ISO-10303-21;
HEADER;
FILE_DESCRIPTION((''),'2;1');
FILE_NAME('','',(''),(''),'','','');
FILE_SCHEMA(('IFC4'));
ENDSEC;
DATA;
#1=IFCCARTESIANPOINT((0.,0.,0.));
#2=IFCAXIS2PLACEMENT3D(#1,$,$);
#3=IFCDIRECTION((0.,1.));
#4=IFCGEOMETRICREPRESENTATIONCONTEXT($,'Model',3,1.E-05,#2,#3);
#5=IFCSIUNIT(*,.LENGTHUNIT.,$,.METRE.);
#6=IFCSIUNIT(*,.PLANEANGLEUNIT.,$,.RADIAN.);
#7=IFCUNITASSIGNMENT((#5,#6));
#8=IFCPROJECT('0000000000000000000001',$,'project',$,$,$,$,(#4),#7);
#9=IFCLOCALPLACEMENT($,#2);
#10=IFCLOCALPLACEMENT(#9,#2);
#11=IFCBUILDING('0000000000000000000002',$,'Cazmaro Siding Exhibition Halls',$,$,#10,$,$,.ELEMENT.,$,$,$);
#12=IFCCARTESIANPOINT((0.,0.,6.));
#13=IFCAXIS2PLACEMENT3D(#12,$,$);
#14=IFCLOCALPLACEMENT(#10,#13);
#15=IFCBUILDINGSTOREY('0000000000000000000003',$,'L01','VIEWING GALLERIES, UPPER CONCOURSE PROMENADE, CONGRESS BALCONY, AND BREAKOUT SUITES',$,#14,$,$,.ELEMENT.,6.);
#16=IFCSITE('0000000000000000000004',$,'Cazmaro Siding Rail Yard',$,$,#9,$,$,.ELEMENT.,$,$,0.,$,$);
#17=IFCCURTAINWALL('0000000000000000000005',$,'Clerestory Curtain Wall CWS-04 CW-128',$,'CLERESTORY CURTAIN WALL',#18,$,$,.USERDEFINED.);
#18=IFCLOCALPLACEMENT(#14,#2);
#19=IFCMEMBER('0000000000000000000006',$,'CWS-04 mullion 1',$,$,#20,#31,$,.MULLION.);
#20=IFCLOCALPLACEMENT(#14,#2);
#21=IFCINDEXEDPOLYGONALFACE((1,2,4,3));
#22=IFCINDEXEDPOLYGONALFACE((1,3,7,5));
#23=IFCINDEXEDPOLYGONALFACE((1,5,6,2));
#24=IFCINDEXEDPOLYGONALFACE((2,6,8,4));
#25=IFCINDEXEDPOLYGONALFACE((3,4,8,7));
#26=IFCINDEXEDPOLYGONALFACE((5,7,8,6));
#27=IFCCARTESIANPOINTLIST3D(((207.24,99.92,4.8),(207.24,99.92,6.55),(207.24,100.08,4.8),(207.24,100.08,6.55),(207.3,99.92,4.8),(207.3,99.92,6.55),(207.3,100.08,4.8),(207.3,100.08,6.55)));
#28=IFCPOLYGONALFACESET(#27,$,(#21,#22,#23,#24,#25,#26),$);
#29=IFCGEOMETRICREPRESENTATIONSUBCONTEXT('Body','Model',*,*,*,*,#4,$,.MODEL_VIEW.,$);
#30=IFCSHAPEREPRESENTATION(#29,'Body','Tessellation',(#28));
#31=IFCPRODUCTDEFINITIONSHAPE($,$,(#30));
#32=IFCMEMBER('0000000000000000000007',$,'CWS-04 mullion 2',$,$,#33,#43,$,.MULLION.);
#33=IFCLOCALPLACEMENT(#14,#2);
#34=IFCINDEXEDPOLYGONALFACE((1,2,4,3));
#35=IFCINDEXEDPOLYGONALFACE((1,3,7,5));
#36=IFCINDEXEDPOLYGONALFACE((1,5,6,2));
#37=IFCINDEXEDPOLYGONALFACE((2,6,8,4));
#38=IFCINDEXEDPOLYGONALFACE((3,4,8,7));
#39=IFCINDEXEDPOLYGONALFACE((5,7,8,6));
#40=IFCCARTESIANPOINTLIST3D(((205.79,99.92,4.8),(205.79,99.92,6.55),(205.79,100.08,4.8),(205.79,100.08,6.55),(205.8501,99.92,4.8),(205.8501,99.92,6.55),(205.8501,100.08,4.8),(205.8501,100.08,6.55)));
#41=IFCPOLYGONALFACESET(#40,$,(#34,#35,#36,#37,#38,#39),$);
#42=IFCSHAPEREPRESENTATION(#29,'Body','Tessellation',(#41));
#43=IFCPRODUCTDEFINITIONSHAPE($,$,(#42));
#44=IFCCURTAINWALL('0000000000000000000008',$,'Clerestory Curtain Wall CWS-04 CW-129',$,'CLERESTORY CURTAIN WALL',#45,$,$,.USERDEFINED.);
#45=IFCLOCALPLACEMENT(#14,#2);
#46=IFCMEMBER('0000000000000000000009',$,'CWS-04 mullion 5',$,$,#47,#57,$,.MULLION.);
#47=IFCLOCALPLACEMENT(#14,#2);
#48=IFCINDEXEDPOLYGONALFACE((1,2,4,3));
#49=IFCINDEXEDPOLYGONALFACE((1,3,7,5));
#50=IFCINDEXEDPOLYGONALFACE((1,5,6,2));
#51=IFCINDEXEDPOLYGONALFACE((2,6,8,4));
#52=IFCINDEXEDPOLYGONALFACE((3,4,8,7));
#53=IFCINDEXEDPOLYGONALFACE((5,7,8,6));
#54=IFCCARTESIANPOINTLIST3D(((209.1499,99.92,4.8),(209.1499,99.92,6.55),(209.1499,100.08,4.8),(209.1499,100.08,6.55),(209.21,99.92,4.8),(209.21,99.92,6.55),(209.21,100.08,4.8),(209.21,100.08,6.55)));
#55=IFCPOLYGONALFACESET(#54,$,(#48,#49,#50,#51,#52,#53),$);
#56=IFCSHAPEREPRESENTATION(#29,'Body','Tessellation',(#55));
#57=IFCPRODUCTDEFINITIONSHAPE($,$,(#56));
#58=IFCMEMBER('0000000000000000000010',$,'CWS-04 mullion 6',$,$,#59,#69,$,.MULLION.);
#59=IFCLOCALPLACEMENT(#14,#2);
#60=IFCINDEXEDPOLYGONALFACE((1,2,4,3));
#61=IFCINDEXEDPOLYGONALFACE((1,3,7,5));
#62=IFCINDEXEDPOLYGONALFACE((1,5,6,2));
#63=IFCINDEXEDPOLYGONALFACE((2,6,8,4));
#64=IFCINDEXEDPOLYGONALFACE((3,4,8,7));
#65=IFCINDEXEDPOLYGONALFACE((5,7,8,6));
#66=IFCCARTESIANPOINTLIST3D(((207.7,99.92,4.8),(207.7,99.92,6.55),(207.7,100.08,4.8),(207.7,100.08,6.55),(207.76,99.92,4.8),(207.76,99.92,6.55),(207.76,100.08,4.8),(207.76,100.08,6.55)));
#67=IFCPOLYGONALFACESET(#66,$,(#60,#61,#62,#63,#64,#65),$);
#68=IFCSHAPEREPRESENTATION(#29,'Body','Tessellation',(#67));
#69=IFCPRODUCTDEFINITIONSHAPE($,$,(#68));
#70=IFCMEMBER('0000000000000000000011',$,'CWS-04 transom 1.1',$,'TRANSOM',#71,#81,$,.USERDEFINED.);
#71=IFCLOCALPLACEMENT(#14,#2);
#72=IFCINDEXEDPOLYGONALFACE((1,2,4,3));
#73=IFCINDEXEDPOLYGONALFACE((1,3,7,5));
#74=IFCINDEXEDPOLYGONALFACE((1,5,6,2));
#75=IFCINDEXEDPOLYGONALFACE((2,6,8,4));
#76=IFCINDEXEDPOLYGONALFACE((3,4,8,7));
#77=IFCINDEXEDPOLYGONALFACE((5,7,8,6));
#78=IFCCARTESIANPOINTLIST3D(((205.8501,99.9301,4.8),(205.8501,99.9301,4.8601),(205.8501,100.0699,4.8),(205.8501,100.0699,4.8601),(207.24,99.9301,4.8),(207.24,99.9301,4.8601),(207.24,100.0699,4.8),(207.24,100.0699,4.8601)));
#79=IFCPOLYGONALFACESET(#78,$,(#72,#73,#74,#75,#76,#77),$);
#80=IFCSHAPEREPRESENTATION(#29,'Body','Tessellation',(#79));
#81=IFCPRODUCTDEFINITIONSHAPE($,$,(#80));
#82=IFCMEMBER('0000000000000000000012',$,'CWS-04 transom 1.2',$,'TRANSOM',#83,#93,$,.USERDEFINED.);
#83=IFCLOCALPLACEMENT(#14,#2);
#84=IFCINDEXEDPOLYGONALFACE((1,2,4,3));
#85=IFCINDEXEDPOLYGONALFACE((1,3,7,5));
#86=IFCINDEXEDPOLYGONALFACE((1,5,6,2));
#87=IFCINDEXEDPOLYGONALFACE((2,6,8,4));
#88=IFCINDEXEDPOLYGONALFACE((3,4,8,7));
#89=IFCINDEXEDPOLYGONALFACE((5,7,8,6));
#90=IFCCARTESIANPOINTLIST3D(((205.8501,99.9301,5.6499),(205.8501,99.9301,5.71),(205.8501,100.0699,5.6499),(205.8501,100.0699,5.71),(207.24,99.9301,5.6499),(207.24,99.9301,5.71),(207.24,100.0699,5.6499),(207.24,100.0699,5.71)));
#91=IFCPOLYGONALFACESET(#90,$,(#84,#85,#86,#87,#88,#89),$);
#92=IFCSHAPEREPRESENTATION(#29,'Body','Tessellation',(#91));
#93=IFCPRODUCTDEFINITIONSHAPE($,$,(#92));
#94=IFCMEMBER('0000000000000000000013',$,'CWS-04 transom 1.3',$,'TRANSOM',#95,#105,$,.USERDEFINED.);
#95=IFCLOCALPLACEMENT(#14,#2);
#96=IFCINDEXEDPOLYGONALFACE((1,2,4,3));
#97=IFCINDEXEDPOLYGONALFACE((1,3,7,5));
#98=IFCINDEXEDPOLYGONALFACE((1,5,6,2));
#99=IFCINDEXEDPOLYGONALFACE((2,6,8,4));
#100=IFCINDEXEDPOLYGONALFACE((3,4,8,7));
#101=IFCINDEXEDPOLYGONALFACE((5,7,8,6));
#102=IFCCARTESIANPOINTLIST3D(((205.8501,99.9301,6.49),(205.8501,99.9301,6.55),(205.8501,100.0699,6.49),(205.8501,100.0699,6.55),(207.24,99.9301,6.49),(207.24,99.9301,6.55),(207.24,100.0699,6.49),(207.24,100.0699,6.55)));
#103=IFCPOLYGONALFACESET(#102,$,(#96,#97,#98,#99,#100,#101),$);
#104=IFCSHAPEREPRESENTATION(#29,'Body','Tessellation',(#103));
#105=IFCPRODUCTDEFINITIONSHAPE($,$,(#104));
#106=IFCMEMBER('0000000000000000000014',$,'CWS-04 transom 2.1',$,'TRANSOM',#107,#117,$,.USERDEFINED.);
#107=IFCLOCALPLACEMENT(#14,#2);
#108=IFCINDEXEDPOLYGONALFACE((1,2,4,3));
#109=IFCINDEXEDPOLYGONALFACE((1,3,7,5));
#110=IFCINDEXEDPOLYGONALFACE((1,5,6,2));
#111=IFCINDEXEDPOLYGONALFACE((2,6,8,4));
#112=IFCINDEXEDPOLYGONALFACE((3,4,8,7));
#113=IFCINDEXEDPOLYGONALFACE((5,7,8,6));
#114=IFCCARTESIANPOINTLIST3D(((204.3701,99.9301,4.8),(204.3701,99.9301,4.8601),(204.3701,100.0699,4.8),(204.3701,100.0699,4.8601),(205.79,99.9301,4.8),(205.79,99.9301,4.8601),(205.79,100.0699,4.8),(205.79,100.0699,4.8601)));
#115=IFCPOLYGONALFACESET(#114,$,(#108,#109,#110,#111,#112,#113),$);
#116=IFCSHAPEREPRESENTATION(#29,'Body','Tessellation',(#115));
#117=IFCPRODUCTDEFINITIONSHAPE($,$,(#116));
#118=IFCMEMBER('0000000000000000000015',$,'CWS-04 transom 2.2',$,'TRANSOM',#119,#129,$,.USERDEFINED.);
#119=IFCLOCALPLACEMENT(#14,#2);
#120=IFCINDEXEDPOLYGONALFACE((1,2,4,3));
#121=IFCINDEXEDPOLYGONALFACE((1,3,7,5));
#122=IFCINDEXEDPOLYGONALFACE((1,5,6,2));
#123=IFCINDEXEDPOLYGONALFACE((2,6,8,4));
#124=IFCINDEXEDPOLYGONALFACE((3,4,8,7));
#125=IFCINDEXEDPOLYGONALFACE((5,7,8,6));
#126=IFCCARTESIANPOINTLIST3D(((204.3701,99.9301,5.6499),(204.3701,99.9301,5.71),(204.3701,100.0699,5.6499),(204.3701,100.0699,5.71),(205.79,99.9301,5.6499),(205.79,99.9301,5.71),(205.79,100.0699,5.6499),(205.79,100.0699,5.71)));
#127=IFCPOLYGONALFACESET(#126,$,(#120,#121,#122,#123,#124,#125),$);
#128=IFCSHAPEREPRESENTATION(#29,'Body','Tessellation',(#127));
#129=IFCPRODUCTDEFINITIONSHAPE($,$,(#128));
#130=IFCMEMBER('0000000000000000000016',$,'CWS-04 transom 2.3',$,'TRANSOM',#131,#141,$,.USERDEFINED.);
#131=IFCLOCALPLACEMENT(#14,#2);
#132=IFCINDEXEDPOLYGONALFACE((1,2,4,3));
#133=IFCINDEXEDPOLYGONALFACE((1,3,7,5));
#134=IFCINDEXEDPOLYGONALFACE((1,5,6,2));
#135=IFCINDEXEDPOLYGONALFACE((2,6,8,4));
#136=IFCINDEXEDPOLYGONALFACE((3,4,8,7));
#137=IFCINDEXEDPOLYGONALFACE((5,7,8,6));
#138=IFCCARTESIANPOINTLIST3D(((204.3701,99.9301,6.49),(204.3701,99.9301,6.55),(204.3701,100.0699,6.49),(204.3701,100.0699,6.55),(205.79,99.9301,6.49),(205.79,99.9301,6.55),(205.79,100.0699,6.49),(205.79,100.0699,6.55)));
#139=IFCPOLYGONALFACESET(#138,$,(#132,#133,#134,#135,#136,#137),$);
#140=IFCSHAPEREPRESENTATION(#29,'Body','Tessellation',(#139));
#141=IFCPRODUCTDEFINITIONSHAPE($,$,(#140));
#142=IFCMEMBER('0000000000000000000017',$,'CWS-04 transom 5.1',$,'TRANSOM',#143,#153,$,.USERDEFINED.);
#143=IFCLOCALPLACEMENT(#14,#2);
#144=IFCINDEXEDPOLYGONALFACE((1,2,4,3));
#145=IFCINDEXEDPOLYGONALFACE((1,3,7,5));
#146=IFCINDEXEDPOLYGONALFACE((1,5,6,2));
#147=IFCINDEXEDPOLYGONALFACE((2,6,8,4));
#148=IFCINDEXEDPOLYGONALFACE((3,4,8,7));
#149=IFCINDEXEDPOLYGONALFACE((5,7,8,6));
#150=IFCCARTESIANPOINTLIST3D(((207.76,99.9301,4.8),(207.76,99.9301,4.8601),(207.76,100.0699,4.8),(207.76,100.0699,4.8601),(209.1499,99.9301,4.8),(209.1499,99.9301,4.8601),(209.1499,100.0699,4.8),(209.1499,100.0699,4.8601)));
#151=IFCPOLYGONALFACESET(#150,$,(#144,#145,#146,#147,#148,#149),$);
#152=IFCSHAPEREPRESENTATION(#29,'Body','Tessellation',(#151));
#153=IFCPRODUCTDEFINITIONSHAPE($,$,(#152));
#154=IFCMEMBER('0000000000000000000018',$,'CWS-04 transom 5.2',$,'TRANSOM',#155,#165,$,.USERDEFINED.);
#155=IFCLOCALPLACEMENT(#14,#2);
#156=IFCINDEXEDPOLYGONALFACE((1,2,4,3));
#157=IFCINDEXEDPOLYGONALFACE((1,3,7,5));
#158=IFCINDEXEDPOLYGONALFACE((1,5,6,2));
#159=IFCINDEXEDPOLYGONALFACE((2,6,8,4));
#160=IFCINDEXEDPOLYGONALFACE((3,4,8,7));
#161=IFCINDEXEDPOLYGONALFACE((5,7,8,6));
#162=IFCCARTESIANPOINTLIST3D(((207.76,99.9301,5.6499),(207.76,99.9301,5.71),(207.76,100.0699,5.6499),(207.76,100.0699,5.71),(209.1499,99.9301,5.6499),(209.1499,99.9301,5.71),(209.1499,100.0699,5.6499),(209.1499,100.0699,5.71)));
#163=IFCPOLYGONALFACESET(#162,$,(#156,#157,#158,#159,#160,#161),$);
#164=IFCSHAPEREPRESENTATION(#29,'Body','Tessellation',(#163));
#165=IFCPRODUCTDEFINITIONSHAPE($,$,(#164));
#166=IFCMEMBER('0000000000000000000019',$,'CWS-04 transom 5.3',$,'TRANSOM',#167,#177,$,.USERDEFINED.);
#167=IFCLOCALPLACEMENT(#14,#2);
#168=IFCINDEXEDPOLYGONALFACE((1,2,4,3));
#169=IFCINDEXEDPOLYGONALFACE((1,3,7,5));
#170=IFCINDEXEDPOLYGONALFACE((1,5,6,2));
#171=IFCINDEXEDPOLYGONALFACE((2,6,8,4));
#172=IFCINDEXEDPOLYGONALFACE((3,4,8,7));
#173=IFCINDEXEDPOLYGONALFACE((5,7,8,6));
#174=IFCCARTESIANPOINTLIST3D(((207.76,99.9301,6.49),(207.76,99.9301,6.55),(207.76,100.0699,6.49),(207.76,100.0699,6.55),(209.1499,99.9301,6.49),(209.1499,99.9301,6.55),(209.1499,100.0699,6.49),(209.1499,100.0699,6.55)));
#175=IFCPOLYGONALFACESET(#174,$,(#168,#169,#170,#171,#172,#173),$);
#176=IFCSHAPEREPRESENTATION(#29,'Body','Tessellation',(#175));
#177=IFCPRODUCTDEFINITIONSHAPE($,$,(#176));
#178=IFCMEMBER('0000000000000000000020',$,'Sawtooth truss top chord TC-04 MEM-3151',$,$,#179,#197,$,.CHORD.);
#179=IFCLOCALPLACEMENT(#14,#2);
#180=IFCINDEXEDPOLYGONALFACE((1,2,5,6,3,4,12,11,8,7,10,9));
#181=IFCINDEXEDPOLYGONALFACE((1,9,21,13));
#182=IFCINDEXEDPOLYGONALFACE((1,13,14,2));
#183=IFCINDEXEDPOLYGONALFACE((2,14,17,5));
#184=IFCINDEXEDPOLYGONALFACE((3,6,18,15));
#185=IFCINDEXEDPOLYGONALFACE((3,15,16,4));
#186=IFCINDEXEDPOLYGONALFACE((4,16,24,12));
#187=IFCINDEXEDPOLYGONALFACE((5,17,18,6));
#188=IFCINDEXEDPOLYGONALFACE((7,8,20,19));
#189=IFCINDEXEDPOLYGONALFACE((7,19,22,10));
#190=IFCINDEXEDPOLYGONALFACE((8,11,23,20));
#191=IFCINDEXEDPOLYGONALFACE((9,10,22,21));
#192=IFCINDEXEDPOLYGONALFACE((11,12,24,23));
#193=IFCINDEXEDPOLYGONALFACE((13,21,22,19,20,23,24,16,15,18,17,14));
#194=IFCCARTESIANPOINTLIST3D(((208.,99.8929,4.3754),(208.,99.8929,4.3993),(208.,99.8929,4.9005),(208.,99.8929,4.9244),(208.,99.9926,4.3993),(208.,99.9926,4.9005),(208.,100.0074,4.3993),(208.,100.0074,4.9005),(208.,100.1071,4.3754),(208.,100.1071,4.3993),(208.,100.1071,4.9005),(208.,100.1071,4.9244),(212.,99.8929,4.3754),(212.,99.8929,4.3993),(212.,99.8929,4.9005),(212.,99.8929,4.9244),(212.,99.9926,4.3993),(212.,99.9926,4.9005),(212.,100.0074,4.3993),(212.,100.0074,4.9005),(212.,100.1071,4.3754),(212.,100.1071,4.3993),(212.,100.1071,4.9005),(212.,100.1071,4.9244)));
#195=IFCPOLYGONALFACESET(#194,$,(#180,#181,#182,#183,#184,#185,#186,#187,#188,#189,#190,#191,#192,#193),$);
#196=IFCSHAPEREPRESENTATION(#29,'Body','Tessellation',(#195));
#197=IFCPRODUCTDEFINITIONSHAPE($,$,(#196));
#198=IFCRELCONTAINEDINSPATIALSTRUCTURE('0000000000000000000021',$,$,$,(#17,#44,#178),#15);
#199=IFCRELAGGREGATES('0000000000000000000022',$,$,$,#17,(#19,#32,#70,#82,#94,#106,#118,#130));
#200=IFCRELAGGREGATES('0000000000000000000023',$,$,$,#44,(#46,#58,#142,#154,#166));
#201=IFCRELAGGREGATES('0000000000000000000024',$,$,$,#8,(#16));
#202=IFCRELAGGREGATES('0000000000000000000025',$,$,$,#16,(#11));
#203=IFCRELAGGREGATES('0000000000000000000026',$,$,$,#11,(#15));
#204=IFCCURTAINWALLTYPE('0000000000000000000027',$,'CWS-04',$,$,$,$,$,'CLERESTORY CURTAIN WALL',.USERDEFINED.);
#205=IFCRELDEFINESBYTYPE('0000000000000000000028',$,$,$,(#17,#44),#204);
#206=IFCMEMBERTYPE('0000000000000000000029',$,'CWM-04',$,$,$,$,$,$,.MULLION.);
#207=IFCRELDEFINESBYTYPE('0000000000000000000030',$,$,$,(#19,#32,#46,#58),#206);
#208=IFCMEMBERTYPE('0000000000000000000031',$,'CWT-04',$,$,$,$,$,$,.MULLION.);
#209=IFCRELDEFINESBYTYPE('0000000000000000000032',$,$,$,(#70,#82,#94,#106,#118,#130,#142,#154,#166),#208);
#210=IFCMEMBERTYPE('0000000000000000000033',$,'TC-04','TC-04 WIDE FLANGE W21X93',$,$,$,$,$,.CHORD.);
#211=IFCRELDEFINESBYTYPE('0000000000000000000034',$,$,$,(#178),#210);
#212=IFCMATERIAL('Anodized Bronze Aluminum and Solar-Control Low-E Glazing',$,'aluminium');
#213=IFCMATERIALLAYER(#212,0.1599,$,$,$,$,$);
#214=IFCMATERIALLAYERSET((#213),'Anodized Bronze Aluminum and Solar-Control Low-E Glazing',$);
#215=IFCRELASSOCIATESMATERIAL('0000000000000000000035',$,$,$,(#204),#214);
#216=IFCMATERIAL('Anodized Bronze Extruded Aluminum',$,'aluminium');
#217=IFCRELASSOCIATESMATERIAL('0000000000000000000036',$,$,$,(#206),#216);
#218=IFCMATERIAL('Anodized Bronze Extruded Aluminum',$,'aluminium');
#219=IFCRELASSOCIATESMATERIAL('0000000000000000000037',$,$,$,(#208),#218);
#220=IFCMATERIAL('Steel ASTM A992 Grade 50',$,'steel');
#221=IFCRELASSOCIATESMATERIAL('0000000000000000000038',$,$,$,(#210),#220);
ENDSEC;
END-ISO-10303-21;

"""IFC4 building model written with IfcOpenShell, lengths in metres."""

from ifc_helpers import new_model, si_unit, direction, frame, origin, origin_2d, place, context, subcontext, project, spatial, rectangle, i_section, extrude, material, layer, layer_set, material_profile, profile_set, type_object, element, aggregate, save


model = new_model("IFC4")

# Units and contexts
model_context = context("Model", 3, precision=1e-05, world=origin(), true_north=direction((0.0, 1.0)))
body_context = subcontext(model_context, "Body", "Model", "MODEL_VIEW")
ifc_project = project(units=[si_unit("LENGTHUNIT", "METRE"), si_unit("PLANEANGLEUNIT", "RADIAN")], contexts=[model_context])

# Site, building, storey
site_placement = place(None, origin())
site = spatial("IfcSite", under=ifc_project, at=site_placement, Name="Cazmaro Siding Rail Yard", CompositionType="ELEMENT", RefElevation=0.0)
building_placement = place(site_placement, origin())
building = spatial("IfcBuilding", under=site, at=building_placement, Name="Cazmaro Siding Exhibition Halls", CompositionType="ELEMENT")
storey_placement = place(building_placement, frame((0.0, 0.0, 6.0)))
storey = spatial("IfcBuildingStorey", under=building, at=storey_placement, Name="L01", Description="VIEWING GALLERIES, UPPER CONCOURSE PROMENADE, CONGRESS BALCONY, AND BREAKOUT SUITES", CompositionType="ELEMENT", Elevation=6.0)

# Curtain walls, members
ifc_material_1 = material(Name="Anodized Bronze Aluminum and Solar-Control Low-E Glazing", Category="aluminium")
ifc_layer_1 = layer(ifc_material_1, 0.1599)
ifc_layer_set_1 = layer_set([ifc_layer_1], Name="Anodized Bronze Aluminum and Solar-Control Low-E Glazing")
curtain_wall_type = type_object("IfcCurtainWallType", Name="CWS-04", ElementType="CLERESTORY CURTAIN WALL", PredefinedType="USERDEFINED", material=ifc_layer_set_1)
curtain_wall_1_placement = place(storey_placement, origin())
curtain_wall_1 = element("IfcCurtainWall", 1, at=curtain_wall_1_placement, inside=storey, type_object=curtain_wall_type, Name="Clerestory Curtain Wall CWS-04 CW-128", ObjectType="CLERESTORY CURTAIN WALL", PredefinedType="USERDEFINED")
ifc_material_2 = material(Name="Anodized Bronze Extruded Aluminum", Category="aluminium")
ifc_material_profile_1 = material_profile(ifc_material_2, rectangle(XDim=0.1599, YDim=0.0601, at=origin_2d()), Name="CWM-04")
ifc_profile_set_1 = profile_set([ifc_material_profile_1], Name="Anodized Bronze Extruded Aluminum")
member_type_1 = type_object("IfcMemberType", Name="CWM-04", PredefinedType="MULLION", material=ifc_profile_set_1)
member_1_placement = place(storey_placement, frame((207.27, 100.0, 4.8), z_axis=(0.0, 0.0, 1.0), x_axis=(0.0, -1.0, 0.0)))
member_1 = element("IfcMember", 2, at=member_1_placement, type_object=member_type_1, Name="CWS-04 mullion 1", PredefinedType="MULLION", context=body_context, shape_type="SweptSolid", body=[
    extrude(rectangle(XDim=0.1599, YDim=0.0601, at=origin_2d()), origin(), (0.0, 0.0, 1.0), 1.75),
])
member_2_placement = place(storey_placement, frame((205.8201, 100.0, 4.8), z_axis=(0.0, 0.0, 1.0), x_axis=(0.0, -1.0, 0.0)))
member_2 = element("IfcMember", 3, at=member_2_placement, type_object=member_type_1, Name="CWS-04 mullion 2", PredefinedType="MULLION", context=body_context, shape_type="SweptSolid", body=[
    extrude(rectangle(XDim=0.1599, YDim=0.0601, at=origin_2d()), origin(), (0.0, 0.0, 1.0), 1.75),
])
curtain_wall_2_placement = place(storey_placement, origin())
curtain_wall_2 = element("IfcCurtainWall", 4, at=curtain_wall_2_placement, inside=storey, type_object=curtain_wall_type, Name="Clerestory Curtain Wall CWS-04 CW-129", ObjectType="CLERESTORY CURTAIN WALL", PredefinedType="USERDEFINED")
member_3_placement = place(storey_placement, frame((209.1799, 100.0, 4.8), z_axis=(0.0, 0.0, 1.0), x_axis=(0.0, -1.0, 0.0)))
member_3 = element("IfcMember", 5, at=member_3_placement, type_object=member_type_1, Name="CWS-04 mullion 5", PredefinedType="MULLION", context=body_context, shape_type="SweptSolid", body=[
    extrude(rectangle(XDim=0.1599, YDim=0.0601, at=origin_2d()), origin(), (0.0, 0.0, 1.0), 1.75),
])
member_4_placement = place(storey_placement, frame((207.73, 100.0, 4.8), z_axis=(0.0, 0.0, 1.0), x_axis=(0.0, -1.0, 0.0)))
member_4 = element("IfcMember", 6, at=member_4_placement, type_object=member_type_1, Name="CWS-04 mullion 6", PredefinedType="MULLION", context=body_context, shape_type="SweptSolid", body=[
    extrude(rectangle(XDim=0.1599, YDim=0.0601, at=origin_2d()), origin(), (0.0, 0.0, 1.0), 1.75),
])

# Members
ifc_material_3 = material(Name="Anodized Bronze Extruded Aluminum", Category="aluminium")
ifc_material_profile_2 = material_profile(ifc_material_3, rectangle(XDim=0.1399, YDim=0.0601, at=origin_2d()), Name="CWT-04")
ifc_profile_set_2 = profile_set([ifc_material_profile_2], Name="Anodized Bronze Extruded Aluminum")
member_type_2 = type_object("IfcMemberType", Name="CWT-04", PredefinedType="MULLION", material=ifc_profile_set_2)
member_5_placement = place(storey_placement, frame((207.24, 100.0, 4.8301), z_axis=(-1.0, 0.0, 0.0), x_axis=(0.0, -1.0, 0.0)))
member_5 = element("IfcMember", 7, at=member_5_placement, type_object=member_type_2, Name="CWS-04 transom 1.1", ObjectType="TRANSOM", PredefinedType="USERDEFINED", context=body_context, shape_type="SweptSolid", body=[
    extrude(rectangle(XDim=0.1399, YDim=0.0601, at=origin_2d()), origin(), (0.0, 0.0, 1.0), 1.3899),
])
member_6_placement = place(storey_placement, frame((207.24, 100.0, 5.6799), z_axis=(-1.0, 0.0, 0.0), x_axis=(0.0, -1.0, 0.0)))
member_6 = element("IfcMember", 8, at=member_6_placement, type_object=member_type_2, Name="CWS-04 transom 1.2", ObjectType="TRANSOM", PredefinedType="USERDEFINED", context=body_context, shape_type="SweptSolid", body=[
    extrude(rectangle(XDim=0.1399, YDim=0.0601, at=origin_2d()), origin(), (0.0, 0.0, 1.0), 1.3899),
])
member_7_placement = place(storey_placement, frame((207.24, 100.0, 6.52), z_axis=(-1.0, 0.0, 0.0), x_axis=(0.0, -1.0, 0.0)))
member_7 = element("IfcMember", 9, at=member_7_placement, type_object=member_type_2, Name="CWS-04 transom 1.3", ObjectType="TRANSOM", PredefinedType="USERDEFINED", context=body_context, shape_type="SweptSolid", body=[
    extrude(rectangle(XDim=0.1399, YDim=0.0601, at=origin_2d()), origin(), (0.0, 0.0, 1.0), 1.3899),
])
member_8_placement = place(storey_placement, frame((205.79, 100.0, 4.8301), z_axis=(-1.0, 0.0, 0.0), x_axis=(0.0, -1.0, 0.0)))
member_8 = element("IfcMember", 10, at=member_8_placement, type_object=member_type_2, Name="CWS-04 transom 2.1", ObjectType="TRANSOM", PredefinedType="USERDEFINED", context=body_context, shape_type="SweptSolid", body=[
    extrude(rectangle(XDim=0.1399, YDim=0.0601, at=origin_2d()), origin(), (0.0, 0.0, 1.0), 1.4199),
])
member_9_placement = place(storey_placement, frame((205.79, 100.0, 5.6799), z_axis=(-1.0, 0.0, 0.0), x_axis=(0.0, -1.0, 0.0)))
member_9 = element("IfcMember", 11, at=member_9_placement, type_object=member_type_2, Name="CWS-04 transom 2.2", ObjectType="TRANSOM", PredefinedType="USERDEFINED", context=body_context, shape_type="SweptSolid", body=[
    extrude(rectangle(XDim=0.1399, YDim=0.0601, at=origin_2d()), origin(), (0.0, 0.0, 1.0), 1.4199),
])
member_10_placement = place(storey_placement, frame((205.79, 100.0, 6.52), z_axis=(-1.0, 0.0, 0.0), x_axis=(0.0, -1.0, 0.0)))
member_10 = element("IfcMember", 12, at=member_10_placement, type_object=member_type_2, Name="CWS-04 transom 2.3", ObjectType="TRANSOM", PredefinedType="USERDEFINED", context=body_context, shape_type="SweptSolid", body=[
    extrude(rectangle(XDim=0.1399, YDim=0.0601, at=origin_2d()), origin(), (0.0, 0.0, 1.0), 1.4199),
])
member_11_placement = place(storey_placement, frame((209.1499, 100.0, 4.8301), z_axis=(-1.0, 0.0, 0.0), x_axis=(0.0, -1.0, 0.0)))
member_11 = element("IfcMember", 13, at=member_11_placement, type_object=member_type_2, Name="CWS-04 transom 5.1", ObjectType="TRANSOM", PredefinedType="USERDEFINED", context=body_context, shape_type="SweptSolid", body=[
    extrude(rectangle(XDim=0.1399, YDim=0.0601, at=origin_2d()), origin(), (0.0, 0.0, 1.0), 1.3899),
])
member_12_placement = place(storey_placement, frame((209.1499, 100.0, 5.6799), z_axis=(-1.0, 0.0, 0.0), x_axis=(0.0, -1.0, 0.0)))
member_12 = element("IfcMember", 14, at=member_12_placement, type_object=member_type_2, Name="CWS-04 transom 5.2", ObjectType="TRANSOM", PredefinedType="USERDEFINED", context=body_context, shape_type="SweptSolid", body=[
    extrude(rectangle(XDim=0.1399, YDim=0.0601, at=origin_2d()), origin(), (0.0, 0.0, 1.0), 1.3899),
])
member_13_placement = place(storey_placement, frame((209.1499, 100.0, 6.52), z_axis=(-1.0, 0.0, 0.0), x_axis=(0.0, -1.0, 0.0)))
member_13 = element("IfcMember", 15, at=member_13_placement, type_object=member_type_2, Name="CWS-04 transom 5.3", ObjectType="TRANSOM", PredefinedType="USERDEFINED", context=body_context, shape_type="SweptSolid", body=[
    extrude(rectangle(XDim=0.1399, YDim=0.0601, at=origin_2d()), origin(), (0.0, 0.0, 1.0), 1.3899),
])

# Member
ifc_material_4 = material(Name="Steel ASTM A992 Grade 50", Category="steel")
ifc_material_profile_3 = material_profile(ifc_material_4, i_section(OverallWidth=0.2141, OverallDepth=0.5491, WebThickness=0.0149, FlangeThickness=0.0239, at=origin_2d()), Name="W21X93")
ifc_profile_set_3 = profile_set([ifc_material_profile_3], Name="Steel ASTM A992 Grade 50")
member_type_3 = type_object("IfcMemberType", Name="TC-04", Description="TC-04 WIDE FLANGE W21X93", PredefinedType="CHORD", material=ifc_profile_set_3)
member_14_placement = place(storey_placement, frame((208.0, 100.0, 4.6499), z_axis=(1.0, 0.0, 0.0), x_axis=(0.0, 1.0, 0.0)))
element("IfcMember", 16, at=member_14_placement, inside=storey, type_object=member_type_3, Name="Sawtooth truss top chord TC-04 MEM-3151", PredefinedType="CHORD", context=body_context, shape_type="SweptSolid", body=[
    extrude(i_section(OverallWidth=0.2141, OverallDepth=0.5491, WebThickness=0.0149, FlangeThickness=0.0239, at=origin_2d()), origin(), (0.0, 0.0, 1.0), 4.0),
])

aggregate(curtain_wall_1, [member_1, member_2, member_5, member_6, member_7, member_8, member_9, member_10])
aggregate(curtain_wall_2, [member_3, member_4, member_11, member_12, member_13])

save(model, "model.ifc")
